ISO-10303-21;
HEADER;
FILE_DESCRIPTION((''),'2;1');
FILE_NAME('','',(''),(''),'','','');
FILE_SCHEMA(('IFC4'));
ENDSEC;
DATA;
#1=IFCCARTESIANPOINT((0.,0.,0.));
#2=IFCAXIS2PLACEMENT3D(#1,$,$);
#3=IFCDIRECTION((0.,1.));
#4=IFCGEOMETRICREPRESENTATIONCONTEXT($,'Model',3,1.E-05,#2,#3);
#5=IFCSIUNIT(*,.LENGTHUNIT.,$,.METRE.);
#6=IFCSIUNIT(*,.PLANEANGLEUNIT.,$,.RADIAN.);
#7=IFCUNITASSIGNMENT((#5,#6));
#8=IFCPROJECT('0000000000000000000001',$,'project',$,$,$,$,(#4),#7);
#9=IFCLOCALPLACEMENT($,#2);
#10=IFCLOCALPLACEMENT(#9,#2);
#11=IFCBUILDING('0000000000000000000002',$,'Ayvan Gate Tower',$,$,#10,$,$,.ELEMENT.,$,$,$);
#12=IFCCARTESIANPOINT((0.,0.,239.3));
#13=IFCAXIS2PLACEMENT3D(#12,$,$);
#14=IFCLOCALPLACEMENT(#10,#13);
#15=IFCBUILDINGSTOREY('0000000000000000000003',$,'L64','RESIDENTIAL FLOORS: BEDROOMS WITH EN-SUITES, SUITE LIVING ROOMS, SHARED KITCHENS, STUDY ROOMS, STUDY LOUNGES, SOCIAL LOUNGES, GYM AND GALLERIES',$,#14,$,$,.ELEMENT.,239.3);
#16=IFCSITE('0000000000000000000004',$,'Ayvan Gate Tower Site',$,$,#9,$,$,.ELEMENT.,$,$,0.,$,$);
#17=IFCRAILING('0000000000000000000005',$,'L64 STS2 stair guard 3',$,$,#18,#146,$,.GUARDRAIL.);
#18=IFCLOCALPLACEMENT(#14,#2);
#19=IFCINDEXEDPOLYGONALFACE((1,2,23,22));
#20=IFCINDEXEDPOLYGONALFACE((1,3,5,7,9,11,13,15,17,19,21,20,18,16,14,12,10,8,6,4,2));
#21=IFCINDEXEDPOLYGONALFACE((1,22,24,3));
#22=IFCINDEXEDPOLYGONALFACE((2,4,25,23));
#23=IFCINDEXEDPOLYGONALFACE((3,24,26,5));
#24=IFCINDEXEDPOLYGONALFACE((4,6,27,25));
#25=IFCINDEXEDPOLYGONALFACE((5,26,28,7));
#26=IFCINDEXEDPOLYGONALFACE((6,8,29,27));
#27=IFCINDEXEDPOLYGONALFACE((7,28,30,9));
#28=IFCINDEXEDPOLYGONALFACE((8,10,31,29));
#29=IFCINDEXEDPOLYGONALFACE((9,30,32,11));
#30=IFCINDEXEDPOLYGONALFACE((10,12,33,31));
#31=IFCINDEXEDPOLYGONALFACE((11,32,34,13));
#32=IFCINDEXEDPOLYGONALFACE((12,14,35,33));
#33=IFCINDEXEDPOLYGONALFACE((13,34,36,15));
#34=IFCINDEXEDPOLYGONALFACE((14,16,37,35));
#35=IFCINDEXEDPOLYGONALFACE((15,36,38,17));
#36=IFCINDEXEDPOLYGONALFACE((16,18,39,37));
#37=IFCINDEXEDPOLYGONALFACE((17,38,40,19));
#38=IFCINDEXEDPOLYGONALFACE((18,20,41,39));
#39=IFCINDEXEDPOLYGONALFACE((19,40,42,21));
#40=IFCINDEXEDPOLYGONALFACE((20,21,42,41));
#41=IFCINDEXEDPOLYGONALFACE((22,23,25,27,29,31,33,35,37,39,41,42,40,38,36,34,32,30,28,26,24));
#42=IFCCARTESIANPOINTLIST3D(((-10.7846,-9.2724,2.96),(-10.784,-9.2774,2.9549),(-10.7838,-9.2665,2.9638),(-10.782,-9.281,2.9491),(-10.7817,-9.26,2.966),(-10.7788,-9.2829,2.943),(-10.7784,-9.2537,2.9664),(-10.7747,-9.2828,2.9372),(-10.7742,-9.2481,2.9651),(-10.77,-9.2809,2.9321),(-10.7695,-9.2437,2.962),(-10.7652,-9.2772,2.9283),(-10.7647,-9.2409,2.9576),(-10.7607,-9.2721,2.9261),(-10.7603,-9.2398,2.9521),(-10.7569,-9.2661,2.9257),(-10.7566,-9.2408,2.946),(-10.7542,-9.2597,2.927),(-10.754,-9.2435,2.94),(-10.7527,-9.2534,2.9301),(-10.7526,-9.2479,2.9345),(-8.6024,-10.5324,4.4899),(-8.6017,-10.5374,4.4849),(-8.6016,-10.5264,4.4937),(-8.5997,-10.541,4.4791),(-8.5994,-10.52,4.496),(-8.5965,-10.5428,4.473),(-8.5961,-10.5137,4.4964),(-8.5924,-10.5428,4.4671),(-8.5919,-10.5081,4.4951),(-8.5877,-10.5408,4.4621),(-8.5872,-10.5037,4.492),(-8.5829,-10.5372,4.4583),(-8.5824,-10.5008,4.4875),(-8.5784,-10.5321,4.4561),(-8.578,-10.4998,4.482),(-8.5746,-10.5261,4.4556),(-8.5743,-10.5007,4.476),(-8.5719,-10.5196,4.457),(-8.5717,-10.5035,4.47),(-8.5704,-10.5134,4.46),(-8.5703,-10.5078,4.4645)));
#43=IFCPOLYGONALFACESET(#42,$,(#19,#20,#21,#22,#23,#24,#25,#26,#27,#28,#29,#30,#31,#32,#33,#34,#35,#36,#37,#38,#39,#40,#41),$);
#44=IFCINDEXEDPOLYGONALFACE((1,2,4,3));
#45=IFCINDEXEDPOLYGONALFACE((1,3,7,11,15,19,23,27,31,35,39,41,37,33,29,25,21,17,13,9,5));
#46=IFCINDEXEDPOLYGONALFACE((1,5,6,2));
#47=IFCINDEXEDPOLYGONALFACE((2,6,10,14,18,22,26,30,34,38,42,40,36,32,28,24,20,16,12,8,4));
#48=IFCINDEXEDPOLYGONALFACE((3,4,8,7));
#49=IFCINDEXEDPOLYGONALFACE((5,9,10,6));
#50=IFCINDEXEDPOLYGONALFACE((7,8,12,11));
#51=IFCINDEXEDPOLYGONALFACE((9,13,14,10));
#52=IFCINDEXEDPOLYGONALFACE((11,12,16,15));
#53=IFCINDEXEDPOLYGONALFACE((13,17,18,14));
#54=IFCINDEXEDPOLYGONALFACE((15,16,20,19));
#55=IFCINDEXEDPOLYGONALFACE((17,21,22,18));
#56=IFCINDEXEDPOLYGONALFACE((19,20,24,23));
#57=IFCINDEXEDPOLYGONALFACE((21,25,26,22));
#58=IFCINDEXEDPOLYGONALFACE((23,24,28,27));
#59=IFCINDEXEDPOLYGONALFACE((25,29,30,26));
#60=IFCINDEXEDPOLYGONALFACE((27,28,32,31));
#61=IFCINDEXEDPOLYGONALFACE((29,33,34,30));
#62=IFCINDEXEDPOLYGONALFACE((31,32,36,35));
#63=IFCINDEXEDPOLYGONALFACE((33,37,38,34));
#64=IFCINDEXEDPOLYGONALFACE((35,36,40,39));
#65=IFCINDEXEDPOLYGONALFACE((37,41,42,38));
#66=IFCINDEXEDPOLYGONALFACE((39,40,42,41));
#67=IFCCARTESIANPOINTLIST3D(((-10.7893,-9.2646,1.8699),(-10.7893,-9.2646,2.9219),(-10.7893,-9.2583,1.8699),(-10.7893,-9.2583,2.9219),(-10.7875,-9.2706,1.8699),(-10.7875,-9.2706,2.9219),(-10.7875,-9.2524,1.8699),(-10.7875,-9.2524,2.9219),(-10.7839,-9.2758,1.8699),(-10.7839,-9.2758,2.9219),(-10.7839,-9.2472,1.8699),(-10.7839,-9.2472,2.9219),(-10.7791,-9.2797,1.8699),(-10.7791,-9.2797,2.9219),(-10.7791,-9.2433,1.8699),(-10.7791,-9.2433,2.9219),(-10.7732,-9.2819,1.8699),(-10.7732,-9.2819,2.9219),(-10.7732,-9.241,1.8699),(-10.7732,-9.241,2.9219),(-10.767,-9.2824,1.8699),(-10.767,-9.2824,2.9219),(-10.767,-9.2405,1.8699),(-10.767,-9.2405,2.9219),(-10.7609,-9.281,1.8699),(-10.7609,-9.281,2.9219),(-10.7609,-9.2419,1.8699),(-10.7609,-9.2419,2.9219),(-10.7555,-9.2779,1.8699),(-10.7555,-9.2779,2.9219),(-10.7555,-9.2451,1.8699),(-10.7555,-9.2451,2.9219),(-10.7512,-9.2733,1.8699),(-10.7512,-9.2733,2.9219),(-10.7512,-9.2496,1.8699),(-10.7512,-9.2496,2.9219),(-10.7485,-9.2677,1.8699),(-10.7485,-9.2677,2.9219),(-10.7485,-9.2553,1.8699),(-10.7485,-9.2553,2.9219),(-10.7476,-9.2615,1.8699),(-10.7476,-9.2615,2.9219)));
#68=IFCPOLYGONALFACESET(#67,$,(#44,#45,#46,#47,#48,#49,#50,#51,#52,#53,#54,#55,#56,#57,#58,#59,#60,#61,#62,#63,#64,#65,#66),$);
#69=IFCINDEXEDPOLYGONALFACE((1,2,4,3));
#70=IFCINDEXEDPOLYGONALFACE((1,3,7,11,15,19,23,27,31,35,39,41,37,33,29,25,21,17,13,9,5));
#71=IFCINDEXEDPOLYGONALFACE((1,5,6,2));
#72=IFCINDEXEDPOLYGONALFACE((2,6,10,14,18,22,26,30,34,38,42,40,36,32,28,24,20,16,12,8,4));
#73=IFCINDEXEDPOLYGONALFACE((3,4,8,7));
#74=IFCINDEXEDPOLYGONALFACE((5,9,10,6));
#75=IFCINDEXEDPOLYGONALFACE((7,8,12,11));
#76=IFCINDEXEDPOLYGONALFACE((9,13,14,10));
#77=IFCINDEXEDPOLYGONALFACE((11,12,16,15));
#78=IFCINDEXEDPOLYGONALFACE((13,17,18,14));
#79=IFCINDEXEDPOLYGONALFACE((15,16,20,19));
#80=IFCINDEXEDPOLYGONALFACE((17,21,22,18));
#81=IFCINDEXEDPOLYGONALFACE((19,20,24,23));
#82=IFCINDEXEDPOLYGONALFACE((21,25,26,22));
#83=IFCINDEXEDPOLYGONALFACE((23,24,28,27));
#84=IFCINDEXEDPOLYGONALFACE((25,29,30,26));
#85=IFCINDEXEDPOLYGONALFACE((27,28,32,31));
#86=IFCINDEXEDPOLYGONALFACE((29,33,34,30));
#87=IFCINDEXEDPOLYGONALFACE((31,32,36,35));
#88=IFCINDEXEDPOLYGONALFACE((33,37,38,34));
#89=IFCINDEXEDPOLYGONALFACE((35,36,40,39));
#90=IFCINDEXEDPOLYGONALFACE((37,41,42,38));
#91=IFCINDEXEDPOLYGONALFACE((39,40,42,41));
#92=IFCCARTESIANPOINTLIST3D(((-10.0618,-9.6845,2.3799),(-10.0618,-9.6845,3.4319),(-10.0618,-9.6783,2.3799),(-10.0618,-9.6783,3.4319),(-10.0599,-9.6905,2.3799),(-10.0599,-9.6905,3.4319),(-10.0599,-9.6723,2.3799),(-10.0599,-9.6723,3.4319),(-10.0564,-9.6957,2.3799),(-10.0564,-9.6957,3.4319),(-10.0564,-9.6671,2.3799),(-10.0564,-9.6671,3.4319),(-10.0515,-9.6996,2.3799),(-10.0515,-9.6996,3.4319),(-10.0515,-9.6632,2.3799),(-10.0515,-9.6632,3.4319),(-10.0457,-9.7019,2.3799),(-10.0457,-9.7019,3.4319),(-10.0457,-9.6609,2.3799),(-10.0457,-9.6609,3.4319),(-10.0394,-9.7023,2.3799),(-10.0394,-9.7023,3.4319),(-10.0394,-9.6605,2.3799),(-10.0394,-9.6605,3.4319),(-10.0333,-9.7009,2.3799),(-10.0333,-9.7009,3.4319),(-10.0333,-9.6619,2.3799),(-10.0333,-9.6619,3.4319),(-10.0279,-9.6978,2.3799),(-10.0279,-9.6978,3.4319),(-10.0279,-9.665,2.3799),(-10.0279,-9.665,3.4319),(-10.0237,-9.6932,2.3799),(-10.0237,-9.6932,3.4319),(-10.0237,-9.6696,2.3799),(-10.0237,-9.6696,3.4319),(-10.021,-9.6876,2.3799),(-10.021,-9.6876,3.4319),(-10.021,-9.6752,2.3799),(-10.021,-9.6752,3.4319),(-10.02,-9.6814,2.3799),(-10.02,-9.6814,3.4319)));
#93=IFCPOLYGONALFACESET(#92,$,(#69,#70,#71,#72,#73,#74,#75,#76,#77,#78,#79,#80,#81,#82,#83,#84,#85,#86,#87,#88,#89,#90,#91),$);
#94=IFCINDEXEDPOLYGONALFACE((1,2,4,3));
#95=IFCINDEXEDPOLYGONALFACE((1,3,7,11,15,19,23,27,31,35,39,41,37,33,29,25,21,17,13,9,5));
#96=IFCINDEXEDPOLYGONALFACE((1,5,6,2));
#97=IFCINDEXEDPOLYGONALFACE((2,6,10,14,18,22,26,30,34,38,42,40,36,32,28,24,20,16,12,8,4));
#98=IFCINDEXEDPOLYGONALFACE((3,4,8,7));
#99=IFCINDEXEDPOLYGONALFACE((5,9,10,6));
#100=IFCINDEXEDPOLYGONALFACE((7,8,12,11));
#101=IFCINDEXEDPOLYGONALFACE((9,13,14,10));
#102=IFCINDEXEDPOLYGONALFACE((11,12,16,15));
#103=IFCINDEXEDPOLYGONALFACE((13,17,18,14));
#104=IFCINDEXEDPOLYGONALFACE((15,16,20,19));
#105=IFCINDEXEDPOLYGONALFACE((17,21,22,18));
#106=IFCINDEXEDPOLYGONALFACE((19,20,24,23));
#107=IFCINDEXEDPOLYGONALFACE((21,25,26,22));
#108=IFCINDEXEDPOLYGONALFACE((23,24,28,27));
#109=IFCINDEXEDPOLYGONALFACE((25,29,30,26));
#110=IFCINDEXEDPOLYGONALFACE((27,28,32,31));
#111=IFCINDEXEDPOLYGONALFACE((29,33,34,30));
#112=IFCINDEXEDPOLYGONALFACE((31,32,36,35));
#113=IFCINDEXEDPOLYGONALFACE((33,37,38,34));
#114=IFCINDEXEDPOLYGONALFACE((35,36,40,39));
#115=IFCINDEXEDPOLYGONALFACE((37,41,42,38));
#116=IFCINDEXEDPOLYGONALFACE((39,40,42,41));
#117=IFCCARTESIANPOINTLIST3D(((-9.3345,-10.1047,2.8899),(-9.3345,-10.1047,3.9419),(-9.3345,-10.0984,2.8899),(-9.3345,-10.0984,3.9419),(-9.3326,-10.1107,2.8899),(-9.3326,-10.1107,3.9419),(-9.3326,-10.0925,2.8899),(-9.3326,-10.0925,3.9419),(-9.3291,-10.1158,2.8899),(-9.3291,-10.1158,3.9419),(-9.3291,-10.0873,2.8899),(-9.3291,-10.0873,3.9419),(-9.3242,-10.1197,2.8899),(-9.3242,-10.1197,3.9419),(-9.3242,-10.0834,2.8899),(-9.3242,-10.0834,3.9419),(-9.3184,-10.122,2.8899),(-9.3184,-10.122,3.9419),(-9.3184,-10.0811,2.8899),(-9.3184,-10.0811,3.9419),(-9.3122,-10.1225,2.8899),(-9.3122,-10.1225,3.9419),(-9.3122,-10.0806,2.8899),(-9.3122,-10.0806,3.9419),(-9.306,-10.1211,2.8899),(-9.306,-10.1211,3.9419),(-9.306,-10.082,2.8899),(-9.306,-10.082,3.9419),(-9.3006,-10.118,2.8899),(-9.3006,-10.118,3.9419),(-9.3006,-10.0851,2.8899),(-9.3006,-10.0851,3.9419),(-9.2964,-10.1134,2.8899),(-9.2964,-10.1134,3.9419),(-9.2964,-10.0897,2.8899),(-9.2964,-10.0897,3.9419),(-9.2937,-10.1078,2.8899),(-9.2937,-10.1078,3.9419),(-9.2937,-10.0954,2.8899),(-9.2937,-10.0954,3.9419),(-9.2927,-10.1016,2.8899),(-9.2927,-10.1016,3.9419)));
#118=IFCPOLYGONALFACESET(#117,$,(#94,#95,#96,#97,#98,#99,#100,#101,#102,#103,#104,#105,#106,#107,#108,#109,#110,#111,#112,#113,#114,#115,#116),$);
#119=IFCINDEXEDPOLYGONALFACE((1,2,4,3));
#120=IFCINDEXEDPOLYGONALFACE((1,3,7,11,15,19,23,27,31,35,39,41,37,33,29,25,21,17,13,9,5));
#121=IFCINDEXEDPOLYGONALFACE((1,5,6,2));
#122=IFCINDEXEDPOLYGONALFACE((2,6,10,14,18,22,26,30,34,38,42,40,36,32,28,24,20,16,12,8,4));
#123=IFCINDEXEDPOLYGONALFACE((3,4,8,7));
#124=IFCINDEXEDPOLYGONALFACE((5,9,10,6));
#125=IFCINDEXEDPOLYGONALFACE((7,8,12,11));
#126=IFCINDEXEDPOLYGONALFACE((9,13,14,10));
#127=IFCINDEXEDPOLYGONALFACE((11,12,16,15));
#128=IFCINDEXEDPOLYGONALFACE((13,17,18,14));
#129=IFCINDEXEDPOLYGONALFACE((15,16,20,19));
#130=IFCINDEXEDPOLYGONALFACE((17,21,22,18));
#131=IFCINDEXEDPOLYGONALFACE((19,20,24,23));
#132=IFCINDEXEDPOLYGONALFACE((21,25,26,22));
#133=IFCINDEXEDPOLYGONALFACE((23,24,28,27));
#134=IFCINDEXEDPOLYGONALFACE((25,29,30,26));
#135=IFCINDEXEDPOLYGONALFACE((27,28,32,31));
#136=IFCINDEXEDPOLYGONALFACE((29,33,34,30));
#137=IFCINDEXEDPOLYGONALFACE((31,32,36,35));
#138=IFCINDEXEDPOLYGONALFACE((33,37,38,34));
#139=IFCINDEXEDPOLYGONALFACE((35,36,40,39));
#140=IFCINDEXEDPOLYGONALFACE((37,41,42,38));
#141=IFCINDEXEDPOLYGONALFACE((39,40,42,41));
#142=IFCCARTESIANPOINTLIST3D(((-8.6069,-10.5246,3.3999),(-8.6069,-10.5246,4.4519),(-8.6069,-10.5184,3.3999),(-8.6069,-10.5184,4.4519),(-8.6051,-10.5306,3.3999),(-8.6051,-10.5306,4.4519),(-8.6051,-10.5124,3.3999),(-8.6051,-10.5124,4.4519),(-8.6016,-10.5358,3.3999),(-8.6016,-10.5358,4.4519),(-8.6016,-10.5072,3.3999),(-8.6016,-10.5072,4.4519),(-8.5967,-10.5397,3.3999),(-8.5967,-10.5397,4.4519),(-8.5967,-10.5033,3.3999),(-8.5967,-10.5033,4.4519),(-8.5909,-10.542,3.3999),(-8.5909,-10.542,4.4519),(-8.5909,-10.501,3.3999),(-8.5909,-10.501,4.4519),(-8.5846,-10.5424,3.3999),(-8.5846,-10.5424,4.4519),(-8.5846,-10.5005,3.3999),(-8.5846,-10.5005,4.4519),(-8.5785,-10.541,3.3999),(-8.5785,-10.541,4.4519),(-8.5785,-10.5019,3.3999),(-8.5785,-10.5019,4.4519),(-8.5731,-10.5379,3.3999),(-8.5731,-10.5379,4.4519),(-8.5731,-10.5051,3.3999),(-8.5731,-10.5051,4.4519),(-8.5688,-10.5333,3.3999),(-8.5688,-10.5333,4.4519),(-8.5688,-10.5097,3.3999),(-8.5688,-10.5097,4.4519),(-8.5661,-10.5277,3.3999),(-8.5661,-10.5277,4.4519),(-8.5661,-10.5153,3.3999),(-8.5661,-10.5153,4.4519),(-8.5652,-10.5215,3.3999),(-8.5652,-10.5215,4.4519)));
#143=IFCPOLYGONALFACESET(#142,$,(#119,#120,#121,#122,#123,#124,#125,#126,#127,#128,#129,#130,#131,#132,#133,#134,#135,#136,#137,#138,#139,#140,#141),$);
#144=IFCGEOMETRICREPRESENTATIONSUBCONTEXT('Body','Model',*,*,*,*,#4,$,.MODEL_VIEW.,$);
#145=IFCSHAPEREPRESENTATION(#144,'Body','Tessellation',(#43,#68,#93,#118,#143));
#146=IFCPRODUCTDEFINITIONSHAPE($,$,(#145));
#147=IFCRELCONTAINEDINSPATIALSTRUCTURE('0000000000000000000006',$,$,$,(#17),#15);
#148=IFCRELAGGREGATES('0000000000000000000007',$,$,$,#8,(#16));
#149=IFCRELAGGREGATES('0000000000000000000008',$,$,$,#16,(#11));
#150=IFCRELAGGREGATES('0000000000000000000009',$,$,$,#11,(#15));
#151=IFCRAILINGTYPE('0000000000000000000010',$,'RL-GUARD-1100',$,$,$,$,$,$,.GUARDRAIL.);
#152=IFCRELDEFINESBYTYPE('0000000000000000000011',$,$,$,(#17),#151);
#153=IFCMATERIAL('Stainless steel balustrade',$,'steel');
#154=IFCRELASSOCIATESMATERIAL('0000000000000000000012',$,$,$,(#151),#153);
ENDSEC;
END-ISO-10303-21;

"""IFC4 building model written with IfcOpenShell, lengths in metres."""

from ifc_helpers import new_model, si_unit, direction, frame, origin, origin_2d, place, context, subcontext, project, spatial, circle, extrude, material, type_object, element, save


model = new_model("IFC4")

# Units and contexts
model_context = context("Model", 3, precision=1e-05, world=origin(), true_north=direction((0.0, 1.0)))
body_context = subcontext(model_context, "Body", "Model", "MODEL_VIEW")
ifc_project = project(units=[si_unit("LENGTHUNIT", "METRE"), si_unit("PLANEANGLEUNIT", "RADIAN")], contexts=[model_context])

# Site, building, storey
site_placement = place(None, origin())
site = spatial("IfcSite", under=ifc_project, at=site_placement, Name="Ayvan Gate Tower Site", CompositionType="ELEMENT", RefElevation=0.0)
building_placement = place(site_placement, origin())
building = spatial("IfcBuilding", under=site, at=building_placement, Name="Ayvan Gate Tower", CompositionType="ELEMENT")
storey_placement = place(building_placement, frame((0.0, 0.0, 239.3)))
storey = spatial("IfcBuildingStorey", under=building, at=storey_placement, Name="L64", Description="RESIDENTIAL FLOORS: BEDROOMS WITH EN-SUITES, SUITE LIVING ROOMS, SHARED KITCHENS, STUDY ROOMS, STUDY LOUNGES, SOCIAL LOUNGES, GYM AND GALLERIES", CompositionType="ELEMENT", Elevation=239.3)

# Railing
ifc_material_1 = material(Name="Stainless steel balustrade", Category="steel")
railing_type_1 = type_object("IfcRailingType", Name="RL-GUARD-1100", PredefinedType="GUARDRAIL", material=ifc_material_1)
railing_1_placement = place(storey_placement, frame((-10.7686, -9.2615, 1.8699)))
element("IfcRailing", 1, at=railing_1_placement, inside=storey, type_object=railing_type_1, Name="L64 STS2 stair guard 3", PredefinedType="GUARDRAIL", context=body_context, shape_type="SweptSolid", body=[
    extrude(circle(Radius=0.0239, at=origin_2d()), frame((0.0, 0.0, 1.0762), z_axis=(0.740261, -0.427395, 0.518986), x_axis=(0.500005, 0.866023, 0.0)), (0.0, 0.0, 1.0), 2.948),
    extrude(circle(Radius=0.021, at=origin_2d()), origin(), (0.0, 0.0, 1.0), 1.052),
    extrude(circle(Radius=0.021, at=origin_2d()), frame((0.7275, -0.4199, 0.51)), (0.0, 0.0, 1.0), 1.052),
    extrude(circle(Radius=0.021, at=origin_2d()), frame((1.4548, -0.8401, 1.02)), (0.0, 0.0, 1.0), 1.052),
    extrude(circle(Radius=0.021, at=origin_2d()), frame((2.1824, -1.26, 1.53)), (0.0, 0.0, 1.0), 1.052),
])

save(model, "model.ifc")
